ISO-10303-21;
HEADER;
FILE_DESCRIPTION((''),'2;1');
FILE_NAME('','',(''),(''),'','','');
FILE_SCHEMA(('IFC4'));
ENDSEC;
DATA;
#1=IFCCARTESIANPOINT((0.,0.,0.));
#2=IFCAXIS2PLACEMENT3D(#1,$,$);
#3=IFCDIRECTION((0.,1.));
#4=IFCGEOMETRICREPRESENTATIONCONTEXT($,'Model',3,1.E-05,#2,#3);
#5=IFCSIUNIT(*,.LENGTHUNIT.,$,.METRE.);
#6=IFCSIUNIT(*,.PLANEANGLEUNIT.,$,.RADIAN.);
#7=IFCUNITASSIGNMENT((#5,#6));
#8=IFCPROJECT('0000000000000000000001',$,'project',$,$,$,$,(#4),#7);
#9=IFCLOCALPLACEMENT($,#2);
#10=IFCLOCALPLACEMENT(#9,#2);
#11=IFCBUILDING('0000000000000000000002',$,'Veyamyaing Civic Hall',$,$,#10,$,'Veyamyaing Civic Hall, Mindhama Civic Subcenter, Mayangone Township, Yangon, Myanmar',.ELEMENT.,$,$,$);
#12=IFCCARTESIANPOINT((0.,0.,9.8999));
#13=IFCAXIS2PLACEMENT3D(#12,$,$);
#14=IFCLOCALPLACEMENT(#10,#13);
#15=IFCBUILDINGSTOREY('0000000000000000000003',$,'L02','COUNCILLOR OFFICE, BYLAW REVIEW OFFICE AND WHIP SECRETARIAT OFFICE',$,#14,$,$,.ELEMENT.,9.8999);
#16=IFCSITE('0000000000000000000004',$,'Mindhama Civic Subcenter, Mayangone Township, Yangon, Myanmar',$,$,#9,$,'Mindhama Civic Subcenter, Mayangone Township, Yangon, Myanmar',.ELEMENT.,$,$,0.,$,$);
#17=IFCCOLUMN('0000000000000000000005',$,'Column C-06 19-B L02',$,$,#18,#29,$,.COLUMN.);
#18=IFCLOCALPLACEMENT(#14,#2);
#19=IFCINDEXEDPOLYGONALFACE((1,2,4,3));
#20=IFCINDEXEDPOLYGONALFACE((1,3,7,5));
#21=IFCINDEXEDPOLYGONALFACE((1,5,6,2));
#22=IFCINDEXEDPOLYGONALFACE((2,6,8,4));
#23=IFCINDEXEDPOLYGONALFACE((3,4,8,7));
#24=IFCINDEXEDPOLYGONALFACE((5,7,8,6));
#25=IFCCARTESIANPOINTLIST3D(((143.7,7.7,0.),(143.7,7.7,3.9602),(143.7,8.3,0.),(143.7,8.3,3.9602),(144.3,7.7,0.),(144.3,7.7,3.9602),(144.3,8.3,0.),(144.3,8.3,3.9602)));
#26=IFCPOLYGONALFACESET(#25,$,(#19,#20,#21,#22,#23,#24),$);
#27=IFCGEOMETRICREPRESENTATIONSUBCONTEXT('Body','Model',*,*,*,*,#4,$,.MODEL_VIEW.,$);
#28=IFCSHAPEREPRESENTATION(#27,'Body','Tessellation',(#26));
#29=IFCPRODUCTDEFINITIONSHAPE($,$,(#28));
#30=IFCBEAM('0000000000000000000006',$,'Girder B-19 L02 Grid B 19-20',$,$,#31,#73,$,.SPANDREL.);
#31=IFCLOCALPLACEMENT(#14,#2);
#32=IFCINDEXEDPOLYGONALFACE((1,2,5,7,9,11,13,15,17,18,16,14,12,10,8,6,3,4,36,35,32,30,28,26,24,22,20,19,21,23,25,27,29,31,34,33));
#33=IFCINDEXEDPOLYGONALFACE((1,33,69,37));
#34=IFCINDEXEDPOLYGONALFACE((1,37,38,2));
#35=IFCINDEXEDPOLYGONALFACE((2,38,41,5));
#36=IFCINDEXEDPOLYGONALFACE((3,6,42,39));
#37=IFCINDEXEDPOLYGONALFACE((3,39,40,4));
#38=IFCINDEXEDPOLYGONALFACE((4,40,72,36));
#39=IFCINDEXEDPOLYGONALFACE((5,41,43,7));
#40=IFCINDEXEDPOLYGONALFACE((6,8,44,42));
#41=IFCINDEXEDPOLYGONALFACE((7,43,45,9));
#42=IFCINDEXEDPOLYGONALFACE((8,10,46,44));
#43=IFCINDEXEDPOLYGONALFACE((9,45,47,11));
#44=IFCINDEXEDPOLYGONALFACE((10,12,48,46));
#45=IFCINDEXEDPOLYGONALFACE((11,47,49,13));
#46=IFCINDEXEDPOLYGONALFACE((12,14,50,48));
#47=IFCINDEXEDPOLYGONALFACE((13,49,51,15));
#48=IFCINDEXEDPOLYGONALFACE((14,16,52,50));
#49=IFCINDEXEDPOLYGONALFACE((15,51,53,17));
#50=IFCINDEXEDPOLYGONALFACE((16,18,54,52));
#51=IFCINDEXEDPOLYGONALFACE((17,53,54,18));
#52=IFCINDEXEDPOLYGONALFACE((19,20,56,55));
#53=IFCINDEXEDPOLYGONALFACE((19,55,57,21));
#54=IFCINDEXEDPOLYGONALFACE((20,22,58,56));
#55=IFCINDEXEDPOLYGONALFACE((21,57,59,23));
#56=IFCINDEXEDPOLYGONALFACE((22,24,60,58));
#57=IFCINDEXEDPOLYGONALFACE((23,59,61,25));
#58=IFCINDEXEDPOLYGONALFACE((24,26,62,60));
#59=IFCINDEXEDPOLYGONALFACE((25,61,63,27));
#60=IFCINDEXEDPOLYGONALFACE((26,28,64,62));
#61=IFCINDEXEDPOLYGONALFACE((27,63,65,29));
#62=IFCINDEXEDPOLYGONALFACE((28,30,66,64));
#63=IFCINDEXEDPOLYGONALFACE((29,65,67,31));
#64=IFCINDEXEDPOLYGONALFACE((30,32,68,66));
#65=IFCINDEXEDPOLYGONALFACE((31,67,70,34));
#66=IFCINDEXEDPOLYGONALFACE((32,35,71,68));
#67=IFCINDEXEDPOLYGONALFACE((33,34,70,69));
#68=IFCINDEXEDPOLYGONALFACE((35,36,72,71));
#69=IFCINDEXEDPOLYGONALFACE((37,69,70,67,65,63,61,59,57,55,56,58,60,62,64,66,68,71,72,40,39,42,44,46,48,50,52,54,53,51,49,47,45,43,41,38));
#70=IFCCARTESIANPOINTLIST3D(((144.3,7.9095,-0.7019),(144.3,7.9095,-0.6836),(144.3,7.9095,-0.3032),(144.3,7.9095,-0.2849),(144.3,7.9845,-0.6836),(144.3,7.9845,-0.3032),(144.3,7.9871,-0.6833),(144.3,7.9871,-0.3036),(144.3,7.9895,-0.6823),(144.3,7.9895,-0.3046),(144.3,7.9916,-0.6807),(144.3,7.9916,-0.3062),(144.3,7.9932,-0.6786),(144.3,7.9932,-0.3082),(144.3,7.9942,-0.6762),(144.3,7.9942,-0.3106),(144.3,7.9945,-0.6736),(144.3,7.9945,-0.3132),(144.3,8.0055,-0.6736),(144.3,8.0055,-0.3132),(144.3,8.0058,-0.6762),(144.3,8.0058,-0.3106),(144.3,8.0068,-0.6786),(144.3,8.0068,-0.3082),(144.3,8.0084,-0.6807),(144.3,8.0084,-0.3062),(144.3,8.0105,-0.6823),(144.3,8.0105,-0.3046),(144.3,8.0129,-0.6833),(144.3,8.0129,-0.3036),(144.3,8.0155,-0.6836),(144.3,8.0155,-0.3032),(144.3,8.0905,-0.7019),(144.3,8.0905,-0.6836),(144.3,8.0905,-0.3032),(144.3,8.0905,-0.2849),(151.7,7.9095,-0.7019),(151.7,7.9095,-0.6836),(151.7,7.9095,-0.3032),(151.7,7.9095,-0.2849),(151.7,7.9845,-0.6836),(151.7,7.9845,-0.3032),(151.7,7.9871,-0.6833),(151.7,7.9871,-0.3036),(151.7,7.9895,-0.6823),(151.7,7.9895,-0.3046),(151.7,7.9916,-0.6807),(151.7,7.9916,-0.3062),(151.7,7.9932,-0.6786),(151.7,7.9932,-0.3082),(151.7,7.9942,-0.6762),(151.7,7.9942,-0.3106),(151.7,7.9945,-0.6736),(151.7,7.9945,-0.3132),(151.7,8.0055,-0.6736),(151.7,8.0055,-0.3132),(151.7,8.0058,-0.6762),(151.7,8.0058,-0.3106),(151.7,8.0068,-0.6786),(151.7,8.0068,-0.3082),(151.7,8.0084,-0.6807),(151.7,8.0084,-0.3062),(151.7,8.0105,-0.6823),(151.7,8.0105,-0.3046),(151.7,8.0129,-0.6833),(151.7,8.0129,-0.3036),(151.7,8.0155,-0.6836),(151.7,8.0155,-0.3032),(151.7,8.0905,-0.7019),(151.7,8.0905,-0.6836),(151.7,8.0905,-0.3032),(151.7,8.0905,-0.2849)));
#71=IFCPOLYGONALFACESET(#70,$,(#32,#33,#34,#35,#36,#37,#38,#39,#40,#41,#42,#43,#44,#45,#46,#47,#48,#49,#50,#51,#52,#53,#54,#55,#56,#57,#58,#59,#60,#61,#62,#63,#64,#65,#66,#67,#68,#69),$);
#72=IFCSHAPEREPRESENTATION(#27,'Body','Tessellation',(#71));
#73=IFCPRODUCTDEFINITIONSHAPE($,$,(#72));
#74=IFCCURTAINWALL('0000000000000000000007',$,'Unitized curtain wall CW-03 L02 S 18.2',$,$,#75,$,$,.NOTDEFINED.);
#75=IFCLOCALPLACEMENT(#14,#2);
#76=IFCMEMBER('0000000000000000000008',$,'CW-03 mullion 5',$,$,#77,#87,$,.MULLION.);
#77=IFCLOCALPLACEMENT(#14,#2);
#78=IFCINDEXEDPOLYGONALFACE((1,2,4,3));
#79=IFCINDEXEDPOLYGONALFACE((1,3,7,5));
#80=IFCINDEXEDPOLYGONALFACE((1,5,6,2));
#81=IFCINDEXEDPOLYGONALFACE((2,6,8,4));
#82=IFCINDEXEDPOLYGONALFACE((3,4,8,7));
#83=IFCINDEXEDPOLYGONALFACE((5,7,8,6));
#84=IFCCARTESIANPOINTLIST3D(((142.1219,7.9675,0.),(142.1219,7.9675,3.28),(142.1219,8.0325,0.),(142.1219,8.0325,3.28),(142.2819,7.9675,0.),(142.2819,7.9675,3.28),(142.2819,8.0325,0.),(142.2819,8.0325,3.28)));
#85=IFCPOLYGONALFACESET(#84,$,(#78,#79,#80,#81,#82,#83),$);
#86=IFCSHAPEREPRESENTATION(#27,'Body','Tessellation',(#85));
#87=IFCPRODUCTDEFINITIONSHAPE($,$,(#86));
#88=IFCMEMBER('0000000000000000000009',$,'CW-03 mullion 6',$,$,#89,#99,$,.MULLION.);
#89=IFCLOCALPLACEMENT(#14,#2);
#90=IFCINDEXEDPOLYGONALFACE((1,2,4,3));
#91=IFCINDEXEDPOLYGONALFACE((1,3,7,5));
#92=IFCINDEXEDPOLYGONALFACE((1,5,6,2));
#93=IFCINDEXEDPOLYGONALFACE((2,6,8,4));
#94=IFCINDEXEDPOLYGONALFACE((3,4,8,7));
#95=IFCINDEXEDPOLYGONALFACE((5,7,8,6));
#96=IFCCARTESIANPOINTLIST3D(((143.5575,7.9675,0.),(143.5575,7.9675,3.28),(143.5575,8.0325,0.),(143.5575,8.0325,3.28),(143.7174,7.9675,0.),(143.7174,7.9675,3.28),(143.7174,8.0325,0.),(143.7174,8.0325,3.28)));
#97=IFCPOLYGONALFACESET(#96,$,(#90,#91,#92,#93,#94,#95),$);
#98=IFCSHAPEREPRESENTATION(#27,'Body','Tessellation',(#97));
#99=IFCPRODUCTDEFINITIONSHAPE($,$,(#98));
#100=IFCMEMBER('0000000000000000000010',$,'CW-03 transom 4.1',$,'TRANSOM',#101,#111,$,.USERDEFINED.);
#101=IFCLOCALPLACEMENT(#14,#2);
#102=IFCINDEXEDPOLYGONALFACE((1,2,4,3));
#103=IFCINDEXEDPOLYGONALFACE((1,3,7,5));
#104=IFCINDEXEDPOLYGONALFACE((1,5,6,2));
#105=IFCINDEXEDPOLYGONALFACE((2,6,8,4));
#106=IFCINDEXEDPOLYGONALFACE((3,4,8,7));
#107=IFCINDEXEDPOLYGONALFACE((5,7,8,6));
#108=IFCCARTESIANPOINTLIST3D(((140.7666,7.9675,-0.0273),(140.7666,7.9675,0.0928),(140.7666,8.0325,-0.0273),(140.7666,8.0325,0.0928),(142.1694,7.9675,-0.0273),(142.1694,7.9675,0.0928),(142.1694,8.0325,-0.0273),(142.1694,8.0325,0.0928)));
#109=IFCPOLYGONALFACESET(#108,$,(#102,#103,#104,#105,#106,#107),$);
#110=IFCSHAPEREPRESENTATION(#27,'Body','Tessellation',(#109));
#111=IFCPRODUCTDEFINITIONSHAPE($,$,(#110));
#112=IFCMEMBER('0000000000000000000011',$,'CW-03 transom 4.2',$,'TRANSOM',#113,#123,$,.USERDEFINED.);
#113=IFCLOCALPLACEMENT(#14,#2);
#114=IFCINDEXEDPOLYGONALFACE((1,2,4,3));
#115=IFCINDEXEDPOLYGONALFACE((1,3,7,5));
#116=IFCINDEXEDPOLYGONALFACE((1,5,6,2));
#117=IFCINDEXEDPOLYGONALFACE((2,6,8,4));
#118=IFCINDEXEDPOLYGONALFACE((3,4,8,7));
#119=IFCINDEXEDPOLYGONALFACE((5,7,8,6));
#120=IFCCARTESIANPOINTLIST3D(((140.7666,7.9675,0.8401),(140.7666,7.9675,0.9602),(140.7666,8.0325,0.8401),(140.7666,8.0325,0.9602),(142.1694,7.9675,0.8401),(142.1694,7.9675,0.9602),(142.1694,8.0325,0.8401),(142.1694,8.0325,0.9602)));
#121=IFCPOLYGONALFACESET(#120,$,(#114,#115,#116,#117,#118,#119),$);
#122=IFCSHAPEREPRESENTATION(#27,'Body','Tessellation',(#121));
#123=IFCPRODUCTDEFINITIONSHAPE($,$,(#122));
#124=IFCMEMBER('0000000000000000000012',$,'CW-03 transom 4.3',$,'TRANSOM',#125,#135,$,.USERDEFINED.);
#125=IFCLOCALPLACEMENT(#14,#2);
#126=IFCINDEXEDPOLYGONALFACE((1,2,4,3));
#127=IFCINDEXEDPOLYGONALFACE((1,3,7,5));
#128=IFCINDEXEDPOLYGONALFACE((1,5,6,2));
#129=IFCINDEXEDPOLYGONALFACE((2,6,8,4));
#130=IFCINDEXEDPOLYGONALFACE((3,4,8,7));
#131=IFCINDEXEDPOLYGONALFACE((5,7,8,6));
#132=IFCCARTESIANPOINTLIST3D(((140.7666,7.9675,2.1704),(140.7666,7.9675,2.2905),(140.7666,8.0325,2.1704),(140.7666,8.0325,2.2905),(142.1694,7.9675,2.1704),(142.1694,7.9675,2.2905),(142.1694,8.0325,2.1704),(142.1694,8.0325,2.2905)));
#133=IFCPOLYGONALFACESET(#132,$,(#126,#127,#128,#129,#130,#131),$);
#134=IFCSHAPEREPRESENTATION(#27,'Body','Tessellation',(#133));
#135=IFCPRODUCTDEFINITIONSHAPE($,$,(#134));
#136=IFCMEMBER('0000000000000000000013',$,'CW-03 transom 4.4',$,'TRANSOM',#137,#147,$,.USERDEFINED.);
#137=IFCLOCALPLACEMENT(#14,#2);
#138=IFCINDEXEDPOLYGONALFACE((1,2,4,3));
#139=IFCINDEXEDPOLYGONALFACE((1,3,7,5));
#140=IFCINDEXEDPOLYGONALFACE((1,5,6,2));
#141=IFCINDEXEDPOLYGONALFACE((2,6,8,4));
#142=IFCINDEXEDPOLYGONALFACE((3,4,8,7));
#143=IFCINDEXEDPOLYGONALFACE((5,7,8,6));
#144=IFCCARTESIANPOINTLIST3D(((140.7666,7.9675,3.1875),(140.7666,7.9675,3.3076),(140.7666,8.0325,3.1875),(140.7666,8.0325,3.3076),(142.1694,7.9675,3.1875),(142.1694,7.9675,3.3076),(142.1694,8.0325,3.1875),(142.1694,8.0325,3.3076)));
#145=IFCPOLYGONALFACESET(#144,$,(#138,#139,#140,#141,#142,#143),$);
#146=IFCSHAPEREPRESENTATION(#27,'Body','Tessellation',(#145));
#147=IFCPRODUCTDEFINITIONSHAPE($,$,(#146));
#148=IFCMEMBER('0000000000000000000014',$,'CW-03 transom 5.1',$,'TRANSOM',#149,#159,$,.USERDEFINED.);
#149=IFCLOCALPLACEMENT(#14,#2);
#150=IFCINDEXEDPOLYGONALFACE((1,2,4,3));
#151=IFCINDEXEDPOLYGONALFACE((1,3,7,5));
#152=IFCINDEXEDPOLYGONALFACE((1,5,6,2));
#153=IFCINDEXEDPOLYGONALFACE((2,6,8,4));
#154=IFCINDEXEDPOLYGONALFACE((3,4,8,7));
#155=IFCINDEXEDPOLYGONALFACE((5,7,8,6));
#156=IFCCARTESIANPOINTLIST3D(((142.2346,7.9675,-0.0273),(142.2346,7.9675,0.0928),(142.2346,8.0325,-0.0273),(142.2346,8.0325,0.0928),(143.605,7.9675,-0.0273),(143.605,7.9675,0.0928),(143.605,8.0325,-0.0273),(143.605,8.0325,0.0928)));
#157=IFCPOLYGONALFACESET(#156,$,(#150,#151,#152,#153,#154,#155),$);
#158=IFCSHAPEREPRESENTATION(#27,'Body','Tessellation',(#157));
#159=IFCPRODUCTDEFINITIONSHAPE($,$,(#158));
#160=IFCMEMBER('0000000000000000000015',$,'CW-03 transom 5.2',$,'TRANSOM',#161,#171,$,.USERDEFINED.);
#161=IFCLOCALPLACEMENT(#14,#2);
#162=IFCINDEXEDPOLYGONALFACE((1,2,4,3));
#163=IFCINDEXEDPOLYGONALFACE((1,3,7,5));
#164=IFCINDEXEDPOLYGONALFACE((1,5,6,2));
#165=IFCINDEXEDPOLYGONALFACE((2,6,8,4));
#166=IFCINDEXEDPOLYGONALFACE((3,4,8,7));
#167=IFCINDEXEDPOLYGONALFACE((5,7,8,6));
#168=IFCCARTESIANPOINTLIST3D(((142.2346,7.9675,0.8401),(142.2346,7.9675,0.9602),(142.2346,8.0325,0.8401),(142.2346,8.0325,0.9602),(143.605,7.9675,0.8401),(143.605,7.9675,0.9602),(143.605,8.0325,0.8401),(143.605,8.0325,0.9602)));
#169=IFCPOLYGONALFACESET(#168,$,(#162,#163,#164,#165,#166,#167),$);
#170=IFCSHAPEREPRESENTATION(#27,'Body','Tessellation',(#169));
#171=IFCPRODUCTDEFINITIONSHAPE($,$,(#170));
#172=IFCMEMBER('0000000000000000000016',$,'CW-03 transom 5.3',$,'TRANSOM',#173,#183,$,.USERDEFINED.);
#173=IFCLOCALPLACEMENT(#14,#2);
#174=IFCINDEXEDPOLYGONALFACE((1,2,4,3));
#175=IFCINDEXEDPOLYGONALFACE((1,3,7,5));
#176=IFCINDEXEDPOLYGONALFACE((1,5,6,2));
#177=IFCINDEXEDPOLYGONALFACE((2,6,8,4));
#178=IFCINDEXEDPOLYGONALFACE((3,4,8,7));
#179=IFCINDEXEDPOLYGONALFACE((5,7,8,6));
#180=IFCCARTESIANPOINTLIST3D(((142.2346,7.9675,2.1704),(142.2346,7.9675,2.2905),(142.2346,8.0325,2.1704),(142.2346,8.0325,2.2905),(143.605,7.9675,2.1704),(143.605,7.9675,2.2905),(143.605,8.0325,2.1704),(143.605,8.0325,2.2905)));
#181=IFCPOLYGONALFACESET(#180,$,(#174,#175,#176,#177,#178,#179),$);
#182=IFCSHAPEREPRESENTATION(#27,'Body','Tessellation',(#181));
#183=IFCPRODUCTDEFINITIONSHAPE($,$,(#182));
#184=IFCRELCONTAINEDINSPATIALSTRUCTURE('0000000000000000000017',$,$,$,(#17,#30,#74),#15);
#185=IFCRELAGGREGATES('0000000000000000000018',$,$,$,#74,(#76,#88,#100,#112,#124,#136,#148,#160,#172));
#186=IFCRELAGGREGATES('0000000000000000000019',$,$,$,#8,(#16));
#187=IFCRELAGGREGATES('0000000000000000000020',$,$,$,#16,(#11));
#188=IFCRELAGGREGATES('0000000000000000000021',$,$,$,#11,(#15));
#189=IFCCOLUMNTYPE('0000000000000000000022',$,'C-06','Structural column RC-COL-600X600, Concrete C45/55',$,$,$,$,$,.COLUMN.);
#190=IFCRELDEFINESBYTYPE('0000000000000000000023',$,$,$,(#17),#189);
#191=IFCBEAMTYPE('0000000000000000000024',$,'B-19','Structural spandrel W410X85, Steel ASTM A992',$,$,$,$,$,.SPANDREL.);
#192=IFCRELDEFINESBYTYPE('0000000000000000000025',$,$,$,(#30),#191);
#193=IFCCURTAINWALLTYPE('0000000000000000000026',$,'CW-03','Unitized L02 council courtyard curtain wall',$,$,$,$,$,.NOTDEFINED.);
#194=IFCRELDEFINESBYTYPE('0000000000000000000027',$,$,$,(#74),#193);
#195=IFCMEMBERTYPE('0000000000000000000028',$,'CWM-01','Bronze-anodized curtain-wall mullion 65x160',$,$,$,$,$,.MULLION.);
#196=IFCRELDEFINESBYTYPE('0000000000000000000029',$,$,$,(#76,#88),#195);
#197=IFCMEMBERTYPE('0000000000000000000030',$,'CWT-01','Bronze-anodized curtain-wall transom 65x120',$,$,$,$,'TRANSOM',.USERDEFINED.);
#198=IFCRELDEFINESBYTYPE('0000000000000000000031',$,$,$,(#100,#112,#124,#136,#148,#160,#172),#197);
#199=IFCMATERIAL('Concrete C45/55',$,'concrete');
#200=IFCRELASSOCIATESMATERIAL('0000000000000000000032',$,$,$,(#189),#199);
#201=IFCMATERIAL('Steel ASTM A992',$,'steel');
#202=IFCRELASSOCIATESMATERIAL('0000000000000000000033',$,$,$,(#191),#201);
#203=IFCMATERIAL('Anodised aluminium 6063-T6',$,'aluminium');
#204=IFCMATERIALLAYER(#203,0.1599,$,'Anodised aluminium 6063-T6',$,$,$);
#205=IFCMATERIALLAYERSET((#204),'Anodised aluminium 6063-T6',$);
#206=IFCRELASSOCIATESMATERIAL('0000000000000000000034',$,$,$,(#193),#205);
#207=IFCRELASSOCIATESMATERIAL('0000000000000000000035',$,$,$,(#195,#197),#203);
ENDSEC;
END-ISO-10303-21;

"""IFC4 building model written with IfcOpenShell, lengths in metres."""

from ifc_helpers import new_model, si_unit, direction, frame, origin, origin_2d, place, context, subcontext, project, spatial, rectangle, i_section, extrude, material, layer, layer_set, material_profile, profile_set, type_object, element, aggregate, save


model = new_model("IFC4")

# Units and contexts
model_context = context("Model", 3, precision=1e-05, world=origin(), true_north=direction((0.0, 1.0)))
body_context = subcontext(model_context, "Body", "Model", "MODEL_VIEW")
ifc_project = project(units=[si_unit("LENGTHUNIT", "METRE"), si_unit("PLANEANGLEUNIT", "RADIAN")], contexts=[model_context])

# Site, building, storey
site_placement = place(None, origin())
site = spatial("IfcSite", under=ifc_project, at=site_placement, Name="Mindhama Civic Subcenter, Mayangone Township, Yangon, Myanmar", LongName="Mindhama Civic Subcenter, Mayangone Township, Yangon, Myanmar", CompositionType="ELEMENT", RefElevation=0.0)
building_placement = place(site_placement, origin())
building = spatial("IfcBuilding", under=site, at=building_placement, Name="Veyamyaing Civic Hall", LongName="Veyamyaing Civic Hall, Mindhama Civic Subcenter, Mayangone Township, Yangon, Myanmar", CompositionType="ELEMENT")
storey_placement = place(building_placement, frame((0.0, 0.0, 9.8999)))
storey = spatial("IfcBuildingStorey", under=building, at=storey_placement, Name="L02", Description="COUNCILLOR OFFICE, BYLAW REVIEW OFFICE AND WHIP SECRETARIAT OFFICE", CompositionType="ELEMENT", Elevation=9.8999)

# Column
ifc_material_1 = material(Name="Concrete C45/55", Category="concrete")
ifc_material_profile_1 = material_profile(ifc_material_1, rectangle(XDim=0.6001, YDim=0.6001, at=origin_2d()), Name="RC-COL-600X600")
ifc_profile_set_1 = profile_set([ifc_material_profile_1], Name="Concrete C45/55")
column_type = type_object("IfcColumnType", Name="C-06", Description="Structural column RC-COL-600X600, Concrete C45/55", PredefinedType="COLUMN", material=ifc_profile_set_1)
column_placement = place(storey_placement, frame((144.0, 8.0, 0.0), z_axis=(0.0, 0.0, 1.0), x_axis=(1.0, 0.0, 0.0)))
element("IfcColumn", 1, at=column_placement, inside=storey, type_object=column_type, Name="Column C-06 19-B L02", PredefinedType="COLUMN", context=body_context, shape_type="SweptSolid", body=[
    extrude(rectangle(XDim=0.6001, YDim=0.6001, at=origin_2d()), origin(), (0.0, 0.0, 1.0), 3.9602),
])

# Beam
ifc_material_2 = material(Name="Steel ASTM A992", Category="steel")
ifc_material_profile_2 = material_profile(ifc_material_2, i_section(OverallWidth=0.1809, OverallDepth=0.417, WebThickness=0.011, FlangeThickness=0.0183, FilletRadius=0.01, at=origin_2d()), Name="W410X85")
ifc_profile_set_2 = profile_set([ifc_material_profile_2], Name="Steel ASTM A992")
beam_type = type_object("IfcBeamType", Name="B-19", Description="Structural spandrel W410X85, Steel ASTM A992", PredefinedType="SPANDREL", material=ifc_profile_set_2)
beam_placement = place(storey_placement, frame((144.3, 8.0, -0.4934), z_axis=(1.0, 0.0, 0.0), x_axis=(0.0, 1.0, 0.0)))
element("IfcBeam", 2, at=beam_placement, inside=storey, type_object=beam_type, Name="Girder B-19 L02 Grid B 19-20", PredefinedType="SPANDREL", context=body_context, shape_type="SweptSolid", body=[
    extrude(i_section(OverallWidth=0.1809, OverallDepth=0.417, WebThickness=0.011, FlangeThickness=0.0183, FilletRadius=0.01, at=origin_2d()), origin(), (0.0, 0.0, 1.0), 7.3999),
])

# Curtain wall, members
ifc_material_3 = material(Name="Anodised aluminium 6063-T6", Category="aluminium")
ifc_layer_1 = layer(ifc_material_3, 0.1599, Name="Anodised aluminium 6063-T6")
ifc_layer_set_1 = layer_set([ifc_layer_1], Name="Anodised aluminium 6063-T6")
curtain_wall_type = type_object("IfcCurtainWallType", Name="CW-03", Description="Unitized L02 council courtyard curtain wall", PredefinedType="NOTDEFINED", material=ifc_layer_set_1)
curtain_wall_placement = place(storey_placement, origin())
curtain_wall = element("IfcCurtainWall", 3, at=curtain_wall_placement, inside=storey, type_object=curtain_wall_type, Name="Unitized curtain wall CW-03 L02 S 18.2", PredefinedType="NOTDEFINED")
ifc_material_profile_3 = material_profile(ifc_material_3, rectangle(XDim=0.0649, YDim=0.1599, at=origin_2d()), Name="ALU-MUL-65X160")
ifc_profile_set_3 = profile_set([ifc_material_profile_3], Name="Anodised aluminium 6063-T6")
member_type_1 = type_object("IfcMemberType", Name="CWM-01", Description="Bronze-anodized curtain-wall mullion 65x160", PredefinedType="MULLION", material=ifc_profile_set_3)
member_1_placement = place(storey_placement, frame((142.2019, 8.0, 0.0), z_axis=(0.0, 0.0, 1.0), x_axis=(0.0, 1.0, 0.0)))
member_1 = element("IfcMember", 4, at=member_1_placement, type_object=member_type_1, Name="CW-03 mullion 5", PredefinedType="MULLION", context=body_context, shape_type="SweptSolid", body=[
    extrude(rectangle(XDim=0.0649, YDim=0.1599, at=origin_2d()), origin(), (0.0, 0.0, 1.0), 3.28),
])
member_2_placement = place(storey_placement, frame((143.6375, 8.0, 0.0), z_axis=(0.0, 0.0, 1.0), x_axis=(0.0, 1.0, 0.0)))
member_2 = element("IfcMember", 5, at=member_2_placement, type_object=member_type_1, Name="CW-03 mullion 6", PredefinedType="MULLION", context=body_context, shape_type="SweptSolid", body=[
    extrude(rectangle(XDim=0.0649, YDim=0.1599, at=origin_2d()), origin(), (0.0, 0.0, 1.0), 3.28),
])
ifc_material_profile_4 = material_profile(ifc_material_3, rectangle(XDim=0.0649, YDim=0.1201, at=origin_2d()), Name="ALU-TRN-65X120")
ifc_profile_set_4 = profile_set([ifc_material_profile_4], Name="Anodised aluminium 6063-T6")
member_type_2 = type_object("IfcMemberType", Name="CWT-01", Description="Bronze-anodized curtain-wall transom 65x120", ElementType="TRANSOM", PredefinedType="USERDEFINED", material=ifc_profile_set_4)
member_3_placement = place(storey_placement, frame((140.7666, 8.0, 0.0327), z_axis=(1.0, 0.0, 0.0), x_axis=(0.0, 1.0, 0.0)))
member_3 = element("IfcMember", 6, at=member_3_placement, type_object=member_type_2, Name="CW-03 transom 4.1", ObjectType="TRANSOM", PredefinedType="USERDEFINED", context=body_context, shape_type="SweptSolid", body=[
    extrude(rectangle(XDim=0.0649, YDim=0.1201, at=origin_2d()), origin(), (0.0, 0.0, 1.0), 1.4028),
])
member_4_placement = place(storey_placement, frame((140.7666, 8.0, 0.9001), z_axis=(1.0, 0.0, 0.0), x_axis=(0.0, 1.0, 0.0)))
member_4 = element("IfcMember", 7, at=member_4_placement, type_object=member_type_2, Name="CW-03 transom 4.2", ObjectType="TRANSOM", PredefinedType="USERDEFINED", context=body_context, shape_type="SweptSolid", body=[
    extrude(rectangle(XDim=0.0649, YDim=0.1201, at=origin_2d()), origin(), (0.0, 0.0, 1.0), 1.4028),
])
member_5_placement = place(storey_placement, frame((140.7666, 8.0, 2.2305), z_axis=(1.0, 0.0, 0.0), x_axis=(0.0, 1.0, 0.0)))
member_5 = element("IfcMember", 8, at=member_5_placement, type_object=member_type_2, Name="CW-03 transom 4.3", ObjectType="TRANSOM", PredefinedType="USERDEFINED", context=body_context, shape_type="SweptSolid", body=[
    extrude(rectangle(XDim=0.0649, YDim=0.1201, at=origin_2d()), origin(), (0.0, 0.0, 1.0), 1.4028),
])
member_6_placement = place(storey_placement, frame((140.7666, 8.0, 3.2476), z_axis=(1.0, 0.0, 0.0), x_axis=(0.0, 1.0, 0.0)))
member_6 = element("IfcMember", 9, at=member_6_placement, type_object=member_type_2, Name="CW-03 transom 4.4", ObjectType="TRANSOM", PredefinedType="USERDEFINED", context=body_context, shape_type="SweptSolid", body=[
    extrude(rectangle(XDim=0.0649, YDim=0.1201, at=origin_2d()), origin(), (0.0, 0.0, 1.0), 1.4028),
])
member_7_placement = place(storey_placement, frame((142.2346, 8.0, 0.0327), z_axis=(1.0, 0.0, 0.0), x_axis=(0.0, 1.0, 0.0)))
member_7 = element("IfcMember", 10, at=member_7_placement, type_object=member_type_2, Name="CW-03 transom 5.1", ObjectType="TRANSOM", PredefinedType="USERDEFINED", context=body_context, shape_type="SweptSolid", body=[
    extrude(rectangle(XDim=0.0649, YDim=0.1201, at=origin_2d()), origin(), (0.0, 0.0, 1.0), 1.3704),
])
member_8_placement = place(storey_placement, frame((142.2346, 8.0, 0.9001), z_axis=(1.0, 0.0, 0.0), x_axis=(0.0, 1.0, 0.0)))
member_8 = element("IfcMember", 11, at=member_8_placement, type_object=member_type_2, Name="CW-03 transom 5.2", ObjectType="TRANSOM", PredefinedType="USERDEFINED", context=body_context, shape_type="SweptSolid", body=[
    extrude(rectangle(XDim=0.0649, YDim=0.1201, at=origin_2d()), origin(), (0.0, 0.0, 1.0), 1.3704),
])
member_9_placement = place(storey_placement, frame((142.2346, 8.0, 2.2305), z_axis=(1.0, 0.0, 0.0), x_axis=(0.0, 1.0, 0.0)))
member_9 = element("IfcMember", 12, at=member_9_placement, type_object=member_type_2, Name="CW-03 transom 5.3", ObjectType="TRANSOM", PredefinedType="USERDEFINED", context=body_context, shape_type="SweptSolid", body=[
    extrude(rectangle(XDim=0.0649, YDim=0.1201, at=origin_2d()), origin(), (0.0, 0.0, 1.0), 1.3704),
])
aggregate(curtain_wall, [member_1, member_2, member_3, member_4, member_5, member_6, member_7, member_8, member_9])

save(model, "model.ifc")
